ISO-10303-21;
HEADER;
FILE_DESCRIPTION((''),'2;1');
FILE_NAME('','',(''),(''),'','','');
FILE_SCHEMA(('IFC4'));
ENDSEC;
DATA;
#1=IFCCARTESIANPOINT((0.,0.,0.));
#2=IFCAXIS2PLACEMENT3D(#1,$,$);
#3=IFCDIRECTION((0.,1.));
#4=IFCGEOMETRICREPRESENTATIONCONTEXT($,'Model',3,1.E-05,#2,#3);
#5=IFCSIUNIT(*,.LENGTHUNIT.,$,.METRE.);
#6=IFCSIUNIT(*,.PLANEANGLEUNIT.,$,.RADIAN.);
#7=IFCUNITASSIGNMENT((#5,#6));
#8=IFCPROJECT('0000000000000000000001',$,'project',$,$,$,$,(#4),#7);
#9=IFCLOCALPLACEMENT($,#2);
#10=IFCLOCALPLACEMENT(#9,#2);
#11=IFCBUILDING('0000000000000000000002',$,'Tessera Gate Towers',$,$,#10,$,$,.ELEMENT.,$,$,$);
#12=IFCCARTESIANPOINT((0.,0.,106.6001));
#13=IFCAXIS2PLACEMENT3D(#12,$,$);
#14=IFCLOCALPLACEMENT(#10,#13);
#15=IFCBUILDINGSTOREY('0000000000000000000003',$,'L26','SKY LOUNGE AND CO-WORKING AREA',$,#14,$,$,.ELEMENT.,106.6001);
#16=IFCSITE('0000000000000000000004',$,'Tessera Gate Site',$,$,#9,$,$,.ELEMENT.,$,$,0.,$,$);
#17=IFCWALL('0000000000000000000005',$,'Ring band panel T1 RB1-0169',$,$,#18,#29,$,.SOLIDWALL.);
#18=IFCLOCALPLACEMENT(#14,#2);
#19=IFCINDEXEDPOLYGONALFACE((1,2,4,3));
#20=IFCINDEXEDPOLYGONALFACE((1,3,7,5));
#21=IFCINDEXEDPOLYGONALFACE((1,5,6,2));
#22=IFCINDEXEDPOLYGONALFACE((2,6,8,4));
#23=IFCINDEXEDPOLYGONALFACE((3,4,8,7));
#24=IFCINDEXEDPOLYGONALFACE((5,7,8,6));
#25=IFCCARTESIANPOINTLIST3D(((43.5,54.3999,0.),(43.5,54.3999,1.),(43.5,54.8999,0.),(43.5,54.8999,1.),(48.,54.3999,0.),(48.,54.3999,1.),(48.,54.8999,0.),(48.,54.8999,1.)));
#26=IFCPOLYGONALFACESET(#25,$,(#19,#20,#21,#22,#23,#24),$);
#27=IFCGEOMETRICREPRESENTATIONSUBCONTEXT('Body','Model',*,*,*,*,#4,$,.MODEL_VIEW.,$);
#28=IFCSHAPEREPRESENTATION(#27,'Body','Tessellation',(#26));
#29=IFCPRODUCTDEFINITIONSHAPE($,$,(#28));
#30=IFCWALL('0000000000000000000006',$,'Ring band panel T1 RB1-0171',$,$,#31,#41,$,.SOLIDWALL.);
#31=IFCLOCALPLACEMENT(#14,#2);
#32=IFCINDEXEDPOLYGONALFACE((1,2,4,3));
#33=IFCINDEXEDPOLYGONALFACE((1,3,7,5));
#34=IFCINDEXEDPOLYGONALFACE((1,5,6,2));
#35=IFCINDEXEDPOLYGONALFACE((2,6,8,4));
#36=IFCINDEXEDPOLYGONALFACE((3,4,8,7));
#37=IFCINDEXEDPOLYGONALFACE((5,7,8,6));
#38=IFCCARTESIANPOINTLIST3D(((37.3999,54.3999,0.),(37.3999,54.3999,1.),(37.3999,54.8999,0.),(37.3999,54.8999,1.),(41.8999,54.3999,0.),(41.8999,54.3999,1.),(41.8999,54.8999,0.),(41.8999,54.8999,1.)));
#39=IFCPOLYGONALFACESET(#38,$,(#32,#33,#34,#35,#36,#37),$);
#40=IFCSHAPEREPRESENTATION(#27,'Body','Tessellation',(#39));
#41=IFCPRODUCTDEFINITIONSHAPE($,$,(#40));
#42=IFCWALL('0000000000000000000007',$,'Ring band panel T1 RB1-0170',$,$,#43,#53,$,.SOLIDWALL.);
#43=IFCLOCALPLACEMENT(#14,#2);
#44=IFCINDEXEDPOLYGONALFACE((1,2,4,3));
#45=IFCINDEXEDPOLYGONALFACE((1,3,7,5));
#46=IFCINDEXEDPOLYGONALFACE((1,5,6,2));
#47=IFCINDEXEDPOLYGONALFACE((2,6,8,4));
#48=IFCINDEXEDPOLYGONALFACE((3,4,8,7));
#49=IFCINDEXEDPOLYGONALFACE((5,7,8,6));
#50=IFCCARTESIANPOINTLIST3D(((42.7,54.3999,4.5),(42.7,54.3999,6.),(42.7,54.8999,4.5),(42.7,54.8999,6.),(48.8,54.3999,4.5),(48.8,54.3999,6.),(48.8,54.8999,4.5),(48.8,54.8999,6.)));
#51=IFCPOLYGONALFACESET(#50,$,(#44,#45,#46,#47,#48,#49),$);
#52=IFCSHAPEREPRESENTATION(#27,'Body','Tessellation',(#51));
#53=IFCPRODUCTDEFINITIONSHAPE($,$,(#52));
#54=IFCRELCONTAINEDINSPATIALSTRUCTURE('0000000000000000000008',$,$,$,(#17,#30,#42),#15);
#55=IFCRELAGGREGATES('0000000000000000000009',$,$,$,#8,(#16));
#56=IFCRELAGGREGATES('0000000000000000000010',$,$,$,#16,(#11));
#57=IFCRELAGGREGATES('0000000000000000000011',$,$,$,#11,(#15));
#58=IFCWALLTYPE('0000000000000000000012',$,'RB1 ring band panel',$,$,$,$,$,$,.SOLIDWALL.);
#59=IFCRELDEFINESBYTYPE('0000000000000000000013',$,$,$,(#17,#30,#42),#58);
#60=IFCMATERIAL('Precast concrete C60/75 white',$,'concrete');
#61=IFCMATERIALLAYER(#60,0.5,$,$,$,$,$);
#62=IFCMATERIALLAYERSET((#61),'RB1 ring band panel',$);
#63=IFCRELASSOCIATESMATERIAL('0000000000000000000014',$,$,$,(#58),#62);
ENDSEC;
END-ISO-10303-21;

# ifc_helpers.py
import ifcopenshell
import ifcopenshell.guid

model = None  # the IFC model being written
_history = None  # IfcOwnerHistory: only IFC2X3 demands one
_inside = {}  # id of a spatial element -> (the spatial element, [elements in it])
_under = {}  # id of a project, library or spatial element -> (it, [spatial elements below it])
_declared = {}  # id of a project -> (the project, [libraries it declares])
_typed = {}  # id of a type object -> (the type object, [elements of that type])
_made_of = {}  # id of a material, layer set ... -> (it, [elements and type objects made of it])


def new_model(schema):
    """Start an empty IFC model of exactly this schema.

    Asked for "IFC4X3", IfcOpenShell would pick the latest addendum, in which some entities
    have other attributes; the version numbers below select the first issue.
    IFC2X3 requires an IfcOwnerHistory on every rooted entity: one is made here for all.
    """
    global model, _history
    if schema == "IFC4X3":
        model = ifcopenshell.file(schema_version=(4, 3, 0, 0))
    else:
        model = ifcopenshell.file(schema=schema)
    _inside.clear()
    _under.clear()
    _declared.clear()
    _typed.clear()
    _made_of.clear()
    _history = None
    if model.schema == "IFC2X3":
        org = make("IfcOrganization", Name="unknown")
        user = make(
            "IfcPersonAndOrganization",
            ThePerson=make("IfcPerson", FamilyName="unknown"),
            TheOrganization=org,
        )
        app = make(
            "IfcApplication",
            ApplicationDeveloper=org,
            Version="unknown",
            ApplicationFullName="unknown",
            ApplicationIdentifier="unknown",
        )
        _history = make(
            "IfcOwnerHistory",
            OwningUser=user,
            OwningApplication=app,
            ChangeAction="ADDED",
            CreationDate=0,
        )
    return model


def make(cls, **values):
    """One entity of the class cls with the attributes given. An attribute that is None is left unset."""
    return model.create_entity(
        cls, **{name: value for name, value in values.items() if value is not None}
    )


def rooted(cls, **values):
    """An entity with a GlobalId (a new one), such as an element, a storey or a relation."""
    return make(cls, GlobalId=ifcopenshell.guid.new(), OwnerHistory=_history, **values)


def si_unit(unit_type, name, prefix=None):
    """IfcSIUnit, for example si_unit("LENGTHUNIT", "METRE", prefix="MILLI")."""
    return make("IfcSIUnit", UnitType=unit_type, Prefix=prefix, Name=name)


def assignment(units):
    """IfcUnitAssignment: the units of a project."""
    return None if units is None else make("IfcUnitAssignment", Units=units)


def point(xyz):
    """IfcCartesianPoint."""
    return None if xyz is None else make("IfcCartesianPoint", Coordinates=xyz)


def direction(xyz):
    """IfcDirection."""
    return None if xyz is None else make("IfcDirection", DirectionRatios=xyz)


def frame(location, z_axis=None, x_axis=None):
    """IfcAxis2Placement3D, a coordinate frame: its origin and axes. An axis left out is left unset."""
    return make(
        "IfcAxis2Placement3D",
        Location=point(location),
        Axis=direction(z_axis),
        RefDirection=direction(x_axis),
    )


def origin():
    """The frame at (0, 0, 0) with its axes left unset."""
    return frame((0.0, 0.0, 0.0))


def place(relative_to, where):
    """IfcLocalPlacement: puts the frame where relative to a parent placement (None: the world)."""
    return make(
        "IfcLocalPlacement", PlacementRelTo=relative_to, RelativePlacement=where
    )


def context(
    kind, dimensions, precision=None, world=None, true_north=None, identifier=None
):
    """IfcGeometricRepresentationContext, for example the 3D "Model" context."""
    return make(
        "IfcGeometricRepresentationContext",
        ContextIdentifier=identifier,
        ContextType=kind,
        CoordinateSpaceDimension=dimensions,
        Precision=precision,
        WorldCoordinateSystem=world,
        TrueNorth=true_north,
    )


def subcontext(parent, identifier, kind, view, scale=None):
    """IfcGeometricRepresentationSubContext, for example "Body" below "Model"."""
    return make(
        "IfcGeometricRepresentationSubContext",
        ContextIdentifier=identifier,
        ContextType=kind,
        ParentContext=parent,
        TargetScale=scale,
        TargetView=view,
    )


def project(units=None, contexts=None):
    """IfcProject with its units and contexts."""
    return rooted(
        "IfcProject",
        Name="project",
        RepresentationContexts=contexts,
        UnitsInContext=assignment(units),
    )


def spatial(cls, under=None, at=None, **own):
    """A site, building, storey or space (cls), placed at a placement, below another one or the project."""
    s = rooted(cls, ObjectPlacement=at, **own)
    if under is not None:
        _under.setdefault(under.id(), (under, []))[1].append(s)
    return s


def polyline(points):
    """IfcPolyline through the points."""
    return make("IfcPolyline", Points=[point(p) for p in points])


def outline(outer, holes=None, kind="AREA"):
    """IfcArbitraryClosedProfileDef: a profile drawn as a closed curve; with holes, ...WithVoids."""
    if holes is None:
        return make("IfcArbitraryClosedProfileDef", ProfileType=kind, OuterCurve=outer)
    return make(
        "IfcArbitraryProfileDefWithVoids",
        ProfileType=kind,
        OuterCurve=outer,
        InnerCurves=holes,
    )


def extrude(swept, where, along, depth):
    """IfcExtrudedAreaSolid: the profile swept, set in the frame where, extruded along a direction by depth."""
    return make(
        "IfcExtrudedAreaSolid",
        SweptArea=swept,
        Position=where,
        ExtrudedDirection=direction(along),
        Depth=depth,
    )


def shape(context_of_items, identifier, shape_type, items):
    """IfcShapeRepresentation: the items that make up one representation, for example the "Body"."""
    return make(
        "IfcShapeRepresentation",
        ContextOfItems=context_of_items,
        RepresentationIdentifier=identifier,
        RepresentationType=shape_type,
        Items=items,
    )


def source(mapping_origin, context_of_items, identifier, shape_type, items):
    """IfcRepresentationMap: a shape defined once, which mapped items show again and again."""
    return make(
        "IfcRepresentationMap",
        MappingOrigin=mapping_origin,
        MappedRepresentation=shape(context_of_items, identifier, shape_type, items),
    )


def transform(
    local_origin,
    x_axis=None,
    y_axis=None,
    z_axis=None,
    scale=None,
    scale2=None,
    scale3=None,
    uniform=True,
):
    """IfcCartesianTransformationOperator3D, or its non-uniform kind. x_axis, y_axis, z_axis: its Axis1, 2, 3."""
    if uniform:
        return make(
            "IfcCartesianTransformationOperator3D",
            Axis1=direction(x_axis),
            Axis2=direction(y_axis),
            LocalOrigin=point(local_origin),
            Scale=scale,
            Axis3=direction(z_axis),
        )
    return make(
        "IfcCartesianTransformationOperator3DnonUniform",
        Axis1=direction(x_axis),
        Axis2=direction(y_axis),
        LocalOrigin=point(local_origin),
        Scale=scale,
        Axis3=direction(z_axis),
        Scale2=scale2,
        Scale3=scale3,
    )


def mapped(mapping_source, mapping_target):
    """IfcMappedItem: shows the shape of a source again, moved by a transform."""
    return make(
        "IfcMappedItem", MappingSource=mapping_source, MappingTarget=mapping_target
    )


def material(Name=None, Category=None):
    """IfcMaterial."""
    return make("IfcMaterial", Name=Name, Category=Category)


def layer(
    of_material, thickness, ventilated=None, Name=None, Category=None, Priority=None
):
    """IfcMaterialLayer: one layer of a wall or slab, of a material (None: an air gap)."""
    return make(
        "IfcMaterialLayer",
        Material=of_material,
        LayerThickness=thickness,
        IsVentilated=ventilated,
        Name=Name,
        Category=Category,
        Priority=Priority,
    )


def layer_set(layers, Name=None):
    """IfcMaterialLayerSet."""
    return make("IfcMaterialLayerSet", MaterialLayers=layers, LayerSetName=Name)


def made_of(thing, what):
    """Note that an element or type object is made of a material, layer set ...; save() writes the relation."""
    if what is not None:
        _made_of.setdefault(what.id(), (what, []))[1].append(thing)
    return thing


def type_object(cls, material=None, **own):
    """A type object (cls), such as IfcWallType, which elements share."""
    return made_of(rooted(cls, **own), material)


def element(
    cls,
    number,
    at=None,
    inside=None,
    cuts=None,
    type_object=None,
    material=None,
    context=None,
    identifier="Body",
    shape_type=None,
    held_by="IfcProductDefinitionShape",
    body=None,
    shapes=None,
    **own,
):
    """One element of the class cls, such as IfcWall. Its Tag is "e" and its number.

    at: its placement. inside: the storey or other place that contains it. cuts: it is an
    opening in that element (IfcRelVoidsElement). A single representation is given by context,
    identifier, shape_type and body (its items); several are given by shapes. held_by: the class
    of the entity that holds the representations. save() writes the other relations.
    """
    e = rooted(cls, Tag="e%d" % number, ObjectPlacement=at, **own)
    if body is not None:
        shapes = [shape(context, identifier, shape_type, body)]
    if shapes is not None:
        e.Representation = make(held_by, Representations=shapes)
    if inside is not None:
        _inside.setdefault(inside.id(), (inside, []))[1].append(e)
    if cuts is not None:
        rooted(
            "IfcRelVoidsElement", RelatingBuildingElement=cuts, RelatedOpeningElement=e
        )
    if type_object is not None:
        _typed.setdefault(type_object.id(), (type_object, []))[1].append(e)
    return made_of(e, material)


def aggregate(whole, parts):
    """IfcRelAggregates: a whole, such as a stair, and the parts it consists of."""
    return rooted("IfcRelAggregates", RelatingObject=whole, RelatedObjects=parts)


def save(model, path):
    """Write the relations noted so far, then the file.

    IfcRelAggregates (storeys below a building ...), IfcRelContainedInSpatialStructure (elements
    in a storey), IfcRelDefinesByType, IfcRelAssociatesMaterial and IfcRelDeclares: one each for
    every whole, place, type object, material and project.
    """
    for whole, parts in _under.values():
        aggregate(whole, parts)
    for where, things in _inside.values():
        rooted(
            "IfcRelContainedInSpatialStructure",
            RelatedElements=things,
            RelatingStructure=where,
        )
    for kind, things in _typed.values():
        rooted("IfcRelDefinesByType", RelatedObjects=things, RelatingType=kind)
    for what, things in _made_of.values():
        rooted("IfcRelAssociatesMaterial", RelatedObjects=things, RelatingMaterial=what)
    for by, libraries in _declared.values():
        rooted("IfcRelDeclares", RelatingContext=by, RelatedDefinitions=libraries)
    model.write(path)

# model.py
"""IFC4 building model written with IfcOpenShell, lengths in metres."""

from ifc_helpers import new_model, si_unit, direction, frame, origin, place, context, subcontext, project, spatial, polyline, outline, extrude, source, transform, mapped, material, layer, layer_set, type_object, element, save


model = new_model("IFC4")

# Units and contexts
model_context = context("Model", 3, precision=1e-05, world=origin(), true_north=direction((0.0, 1.0)))
body_context = subcontext(model_context, "Body", "Model", "MODEL_VIEW")
ifc_project = project(units=[si_unit("LENGTHUNIT", "METRE"), si_unit("PLANEANGLEUNIT", "RADIAN")], contexts=[model_context])

# Site, building, storey
site_placement = place(None, origin())
site = spatial("IfcSite", under=ifc_project, at=site_placement, Name="Tessera Gate Site", CompositionType="ELEMENT", RefElevation=0.0)
building_placement = place(site_placement, origin())
building = spatial("IfcBuilding", under=site, at=building_placement, Name="Tessera Gate Towers", CompositionType="ELEMENT")
storey_placement = place(building_placement, frame((0.0, 0.0, 106.6001)))
storey = spatial("IfcBuildingStorey", under=building, at=storey_placement, Name="L26", Description="SKY LOUNGE AND CO-WORKING AREA", CompositionType="ELEMENT", Elevation=106.6001)

# Walls
ifc_material_1 = material(Name="Precast concrete C60/75 white", Category="concrete")
ifc_layer_1 = layer(ifc_material_1, 0.5)
ifc_layer_set_1 = layer_set([ifc_layer_1], Name="RB1 ring band panel")
wall_type_1 = type_object("IfcWallType", Name="RB1 ring band panel", PredefinedType="SOLIDWALL", material=ifc_layer_set_1)
shared_shape_1 = source(origin(), body_context, "Body", "SweptSolid", [
    extrude(outline(polyline([(0.0, 0.0), (4.5, 0.0), (4.5, 1.0), (0.0, 1.0), (0.0, 0.0)])), frame((0.0, 0.25, 0.0), z_axis=(0.0, -1.0, 0.0), x_axis=(1.0, 0.0, 0.0)), (0.0, 0.0, 1.0), 0.5),
])
for number, where, z_axis, x_axis, name in (
    (1, (48.0, 54.6499, 0.0), (0.0, 0.0, 1.0), (-1.0, 0.0, 0.0), "Ring band panel T1 RB1-0169"),
    (2, (41.8999, 54.6499, 0.0), (0.0, 0.0, 1.0), (-1.0, 0.0, 0.0), "Ring band panel T1 RB1-0171"),
):
    element("IfcWall", number, at=place(storey_placement, frame(where, z_axis=z_axis, x_axis=x_axis)), inside=storey, type_object=wall_type_1, Name=name, PredefinedType="SOLIDWALL", context=body_context, shape_type="MappedRepresentation", body=[
        mapped(shared_shape_1, transform((0.0, 0.0, 0.0), scale=1.0)),
    ])
shared_shape_2 = source(origin(), body_context, "Body", "SweptSolid", [
    extrude(outline(polyline([(0.0, 0.0), (6.1001, 0.0), (6.1001, 1.5), (0.0, 1.5), (0.0, 0.0)])), frame((0.0, 0.25, 0.0), z_axis=(0.0, -1.0, 0.0), x_axis=(1.0, 0.0, 0.0)), (0.0, 0.0, 1.0), 0.5),
])
wall_1_placement = place(storey_placement, frame((48.8, 54.6499, 4.5), z_axis=(0.0, 0.0, 1.0), x_axis=(-1.0, 0.0, 0.0)))
element("IfcWall", 3, at=wall_1_placement, inside=storey, type_object=wall_type_1, Name="Ring band panel T1 RB1-0170", PredefinedType="SOLIDWALL", context=body_context, shape_type="MappedRepresentation", body=[
    mapped(shared_shape_2, transform((0.0, 0.0, 0.0), scale=1.0)),
])

save(model, "model.ifc")
